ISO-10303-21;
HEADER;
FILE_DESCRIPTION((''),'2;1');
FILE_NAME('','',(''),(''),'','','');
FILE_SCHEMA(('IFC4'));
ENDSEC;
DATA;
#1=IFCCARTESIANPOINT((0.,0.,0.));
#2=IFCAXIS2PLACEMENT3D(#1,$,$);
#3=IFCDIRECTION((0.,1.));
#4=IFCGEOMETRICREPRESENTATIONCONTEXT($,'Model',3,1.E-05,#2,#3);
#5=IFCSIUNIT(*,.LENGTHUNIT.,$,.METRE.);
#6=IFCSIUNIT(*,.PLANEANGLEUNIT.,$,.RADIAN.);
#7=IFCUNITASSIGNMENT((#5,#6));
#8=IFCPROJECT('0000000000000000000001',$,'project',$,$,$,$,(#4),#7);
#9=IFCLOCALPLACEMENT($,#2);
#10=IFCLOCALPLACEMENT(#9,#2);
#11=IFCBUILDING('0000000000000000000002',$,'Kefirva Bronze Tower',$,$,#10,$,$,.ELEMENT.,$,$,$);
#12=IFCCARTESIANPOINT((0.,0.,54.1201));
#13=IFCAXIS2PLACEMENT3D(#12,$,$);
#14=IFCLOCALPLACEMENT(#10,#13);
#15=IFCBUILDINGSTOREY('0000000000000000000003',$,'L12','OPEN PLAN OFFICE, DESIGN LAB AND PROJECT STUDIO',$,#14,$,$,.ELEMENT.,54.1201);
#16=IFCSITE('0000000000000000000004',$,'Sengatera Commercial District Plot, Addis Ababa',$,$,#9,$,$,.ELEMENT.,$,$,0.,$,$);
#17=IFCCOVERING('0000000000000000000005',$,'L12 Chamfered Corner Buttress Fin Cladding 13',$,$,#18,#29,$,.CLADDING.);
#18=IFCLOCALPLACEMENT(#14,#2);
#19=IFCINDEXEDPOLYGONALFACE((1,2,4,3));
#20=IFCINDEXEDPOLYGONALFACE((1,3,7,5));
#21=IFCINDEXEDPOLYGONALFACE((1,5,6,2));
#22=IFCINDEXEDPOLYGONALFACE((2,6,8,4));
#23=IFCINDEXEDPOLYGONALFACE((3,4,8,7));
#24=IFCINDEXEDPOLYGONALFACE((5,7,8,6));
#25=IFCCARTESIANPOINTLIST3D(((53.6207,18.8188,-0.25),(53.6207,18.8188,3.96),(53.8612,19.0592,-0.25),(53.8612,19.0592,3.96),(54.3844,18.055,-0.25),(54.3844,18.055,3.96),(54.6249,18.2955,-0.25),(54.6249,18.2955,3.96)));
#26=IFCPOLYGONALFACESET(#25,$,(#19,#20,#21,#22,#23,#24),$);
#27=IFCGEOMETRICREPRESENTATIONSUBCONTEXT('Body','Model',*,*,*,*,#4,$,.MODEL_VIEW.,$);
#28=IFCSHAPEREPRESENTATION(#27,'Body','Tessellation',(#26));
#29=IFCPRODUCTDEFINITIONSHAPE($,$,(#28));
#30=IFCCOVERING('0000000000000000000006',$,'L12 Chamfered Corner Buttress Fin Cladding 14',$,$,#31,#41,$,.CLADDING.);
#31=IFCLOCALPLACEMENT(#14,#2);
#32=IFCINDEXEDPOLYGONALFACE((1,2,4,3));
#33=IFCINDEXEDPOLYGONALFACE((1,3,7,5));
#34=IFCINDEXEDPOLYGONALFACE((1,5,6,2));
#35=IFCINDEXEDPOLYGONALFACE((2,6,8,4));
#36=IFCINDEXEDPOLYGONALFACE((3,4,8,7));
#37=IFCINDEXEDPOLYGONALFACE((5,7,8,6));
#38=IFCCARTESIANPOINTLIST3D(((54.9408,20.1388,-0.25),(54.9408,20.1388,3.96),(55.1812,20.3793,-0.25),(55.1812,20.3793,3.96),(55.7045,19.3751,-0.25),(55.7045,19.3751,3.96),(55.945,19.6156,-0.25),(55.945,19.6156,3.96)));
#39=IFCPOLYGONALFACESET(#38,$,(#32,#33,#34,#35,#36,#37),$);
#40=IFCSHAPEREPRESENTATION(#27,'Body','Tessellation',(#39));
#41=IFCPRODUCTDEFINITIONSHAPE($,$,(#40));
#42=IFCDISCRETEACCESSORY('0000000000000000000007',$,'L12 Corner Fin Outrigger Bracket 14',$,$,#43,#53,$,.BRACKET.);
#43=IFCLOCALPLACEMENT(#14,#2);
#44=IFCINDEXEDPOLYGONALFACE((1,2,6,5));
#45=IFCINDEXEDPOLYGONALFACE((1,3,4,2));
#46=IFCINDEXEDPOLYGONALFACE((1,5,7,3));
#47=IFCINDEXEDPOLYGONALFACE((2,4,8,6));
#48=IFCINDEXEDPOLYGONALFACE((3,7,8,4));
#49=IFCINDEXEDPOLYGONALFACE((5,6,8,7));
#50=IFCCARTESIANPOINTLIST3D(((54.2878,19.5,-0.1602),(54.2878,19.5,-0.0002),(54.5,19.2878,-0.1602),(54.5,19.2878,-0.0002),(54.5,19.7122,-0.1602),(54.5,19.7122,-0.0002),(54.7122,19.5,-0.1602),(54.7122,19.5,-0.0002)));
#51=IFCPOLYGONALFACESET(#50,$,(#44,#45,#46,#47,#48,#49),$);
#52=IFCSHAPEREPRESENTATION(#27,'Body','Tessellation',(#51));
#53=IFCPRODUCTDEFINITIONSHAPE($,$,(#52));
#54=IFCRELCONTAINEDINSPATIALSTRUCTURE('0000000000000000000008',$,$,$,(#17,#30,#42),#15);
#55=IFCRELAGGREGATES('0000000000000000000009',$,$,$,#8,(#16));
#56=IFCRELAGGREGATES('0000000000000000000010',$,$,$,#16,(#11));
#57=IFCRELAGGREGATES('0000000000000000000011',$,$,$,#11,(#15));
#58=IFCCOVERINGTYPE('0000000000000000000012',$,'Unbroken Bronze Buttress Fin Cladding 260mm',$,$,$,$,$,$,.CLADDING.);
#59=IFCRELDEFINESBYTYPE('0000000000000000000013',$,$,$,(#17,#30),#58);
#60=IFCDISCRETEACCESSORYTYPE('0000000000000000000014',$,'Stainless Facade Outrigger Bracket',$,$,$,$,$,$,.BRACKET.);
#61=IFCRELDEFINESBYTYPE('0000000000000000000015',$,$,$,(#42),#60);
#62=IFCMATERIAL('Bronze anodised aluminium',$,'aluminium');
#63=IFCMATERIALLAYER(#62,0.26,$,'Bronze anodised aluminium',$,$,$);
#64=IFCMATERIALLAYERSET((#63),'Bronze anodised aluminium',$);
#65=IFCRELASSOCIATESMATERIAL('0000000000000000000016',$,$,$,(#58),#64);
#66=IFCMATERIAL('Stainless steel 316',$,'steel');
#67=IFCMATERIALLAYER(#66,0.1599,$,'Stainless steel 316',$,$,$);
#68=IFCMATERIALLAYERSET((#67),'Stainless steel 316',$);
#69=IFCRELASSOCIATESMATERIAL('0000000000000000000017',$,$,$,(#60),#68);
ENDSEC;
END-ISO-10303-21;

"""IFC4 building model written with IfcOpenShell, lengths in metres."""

from ifc_helpers import new_model, si_unit, direction, frame, origin, origin_2d, place, context, subcontext, project, spatial, rectangle, extrude, material, layer, layer_set, type_object, element, save


model = new_model("IFC4")

# Units and contexts
model_context = context("Model", 3, precision=1e-05, world=origin(), true_north=direction((0.0, 1.0)))
body_context = subcontext(model_context, "Body", "Model", "MODEL_VIEW")
ifc_project = project(units=[si_unit("LENGTHUNIT", "METRE"), si_unit("PLANEANGLEUNIT", "RADIAN")], contexts=[model_context])

# Site, building, storey
site_placement = place(None, origin())
site = spatial("IfcSite", under=ifc_project, at=site_placement, Name="Sengatera Commercial District Plot, Addis Ababa", CompositionType="ELEMENT", RefElevation=0.0)
building_placement = place(site_placement, origin())
building = spatial("IfcBuilding", under=site, at=building_placement, Name="Kefirva Bronze Tower", CompositionType="ELEMENT")
storey_placement = place(building_placement, frame((0.0, 0.0, 54.1201)))
storey = spatial("IfcBuildingStorey", under=building, at=storey_placement, Name="L12", Description="OPEN PLAN OFFICE, DESIGN LAB AND PROJECT STUDIO", CompositionType="ELEMENT", Elevation=54.1201)

# Shared definitions
ifc_material_1 = material(Name="Bronze anodised aluminium", Category="aluminium")

# Coverings
ifc_layer_1 = layer(ifc_material_1, 0.26, Name="Bronze anodised aluminium")
ifc_layer_set_1 = layer_set([ifc_layer_1], Name="Bronze anodised aluminium")
covering_type_1 = type_object("IfcCoveringType", Name="Unbroken Bronze Buttress Fin Cladding 260mm", PredefinedType="CLADDING", material=ifc_layer_set_1)
for number, where, z_axis, x_axis, name in (
    (1, (54.1228, 18.5571, -0.25), (0.0, 0.0, 1.0), (0.707107, 0.707107, 0.0), "L12 Chamfered Corner Buttress Fin Cladding 13"),
    (2, (55.4429, 19.8772, -0.25), (0.0, 0.0, 1.0), (0.707107, 0.707107, 0.0), "L12 Chamfered Corner Buttress Fin Cladding 14"),
):
    element("IfcCovering", number, at=place(storey_placement, frame(where, z_axis=z_axis, x_axis=x_axis)), inside=storey, type_object=covering_type_1, Name=name, PredefinedType="CLADDING", context=body_context, shape_type="SweptSolid", body=[
        extrude(rectangle(XDim=0.3401, YDim=1.0801, at=origin_2d()), origin(), (0.0, 0.0, 1.0), 4.21),
    ])

# Discrete accessory
ifc_material_2 = material(Name="Stainless steel 316", Category="steel")
ifc_layer_2 = layer(ifc_material_2, 0.1599, Name="Stainless steel 316")
ifc_layer_set_2 = layer_set([ifc_layer_2], Name="Stainless steel 316")
discrete_accessory_type = type_object("IfcDiscreteAccessoryType", Name="Stainless Facade Outrigger Bracket", PredefinedType="BRACKET", material=ifc_layer_set_2)
discrete_accessory_placement = place(storey_placement, frame((54.5, 19.5, -0.1602), z_axis=(0.0, 0.0, 1.0), x_axis=(0.707107, 0.707107, 0.0)))
element("IfcDiscreteAccessory", 3, at=discrete_accessory_placement, inside=storey, type_object=discrete_accessory_type, Name="L12 Corner Fin Outrigger Bracket 14", PredefinedType="BRACKET", context=body_context, shape_type="SweptSolid", body=[
    extrude(rectangle(XDim=0.3, YDim=0.3, at=origin_2d()), origin(), (0.0, 0.0, 1.0), 0.1599),
])

save(model, "model.ifc")
